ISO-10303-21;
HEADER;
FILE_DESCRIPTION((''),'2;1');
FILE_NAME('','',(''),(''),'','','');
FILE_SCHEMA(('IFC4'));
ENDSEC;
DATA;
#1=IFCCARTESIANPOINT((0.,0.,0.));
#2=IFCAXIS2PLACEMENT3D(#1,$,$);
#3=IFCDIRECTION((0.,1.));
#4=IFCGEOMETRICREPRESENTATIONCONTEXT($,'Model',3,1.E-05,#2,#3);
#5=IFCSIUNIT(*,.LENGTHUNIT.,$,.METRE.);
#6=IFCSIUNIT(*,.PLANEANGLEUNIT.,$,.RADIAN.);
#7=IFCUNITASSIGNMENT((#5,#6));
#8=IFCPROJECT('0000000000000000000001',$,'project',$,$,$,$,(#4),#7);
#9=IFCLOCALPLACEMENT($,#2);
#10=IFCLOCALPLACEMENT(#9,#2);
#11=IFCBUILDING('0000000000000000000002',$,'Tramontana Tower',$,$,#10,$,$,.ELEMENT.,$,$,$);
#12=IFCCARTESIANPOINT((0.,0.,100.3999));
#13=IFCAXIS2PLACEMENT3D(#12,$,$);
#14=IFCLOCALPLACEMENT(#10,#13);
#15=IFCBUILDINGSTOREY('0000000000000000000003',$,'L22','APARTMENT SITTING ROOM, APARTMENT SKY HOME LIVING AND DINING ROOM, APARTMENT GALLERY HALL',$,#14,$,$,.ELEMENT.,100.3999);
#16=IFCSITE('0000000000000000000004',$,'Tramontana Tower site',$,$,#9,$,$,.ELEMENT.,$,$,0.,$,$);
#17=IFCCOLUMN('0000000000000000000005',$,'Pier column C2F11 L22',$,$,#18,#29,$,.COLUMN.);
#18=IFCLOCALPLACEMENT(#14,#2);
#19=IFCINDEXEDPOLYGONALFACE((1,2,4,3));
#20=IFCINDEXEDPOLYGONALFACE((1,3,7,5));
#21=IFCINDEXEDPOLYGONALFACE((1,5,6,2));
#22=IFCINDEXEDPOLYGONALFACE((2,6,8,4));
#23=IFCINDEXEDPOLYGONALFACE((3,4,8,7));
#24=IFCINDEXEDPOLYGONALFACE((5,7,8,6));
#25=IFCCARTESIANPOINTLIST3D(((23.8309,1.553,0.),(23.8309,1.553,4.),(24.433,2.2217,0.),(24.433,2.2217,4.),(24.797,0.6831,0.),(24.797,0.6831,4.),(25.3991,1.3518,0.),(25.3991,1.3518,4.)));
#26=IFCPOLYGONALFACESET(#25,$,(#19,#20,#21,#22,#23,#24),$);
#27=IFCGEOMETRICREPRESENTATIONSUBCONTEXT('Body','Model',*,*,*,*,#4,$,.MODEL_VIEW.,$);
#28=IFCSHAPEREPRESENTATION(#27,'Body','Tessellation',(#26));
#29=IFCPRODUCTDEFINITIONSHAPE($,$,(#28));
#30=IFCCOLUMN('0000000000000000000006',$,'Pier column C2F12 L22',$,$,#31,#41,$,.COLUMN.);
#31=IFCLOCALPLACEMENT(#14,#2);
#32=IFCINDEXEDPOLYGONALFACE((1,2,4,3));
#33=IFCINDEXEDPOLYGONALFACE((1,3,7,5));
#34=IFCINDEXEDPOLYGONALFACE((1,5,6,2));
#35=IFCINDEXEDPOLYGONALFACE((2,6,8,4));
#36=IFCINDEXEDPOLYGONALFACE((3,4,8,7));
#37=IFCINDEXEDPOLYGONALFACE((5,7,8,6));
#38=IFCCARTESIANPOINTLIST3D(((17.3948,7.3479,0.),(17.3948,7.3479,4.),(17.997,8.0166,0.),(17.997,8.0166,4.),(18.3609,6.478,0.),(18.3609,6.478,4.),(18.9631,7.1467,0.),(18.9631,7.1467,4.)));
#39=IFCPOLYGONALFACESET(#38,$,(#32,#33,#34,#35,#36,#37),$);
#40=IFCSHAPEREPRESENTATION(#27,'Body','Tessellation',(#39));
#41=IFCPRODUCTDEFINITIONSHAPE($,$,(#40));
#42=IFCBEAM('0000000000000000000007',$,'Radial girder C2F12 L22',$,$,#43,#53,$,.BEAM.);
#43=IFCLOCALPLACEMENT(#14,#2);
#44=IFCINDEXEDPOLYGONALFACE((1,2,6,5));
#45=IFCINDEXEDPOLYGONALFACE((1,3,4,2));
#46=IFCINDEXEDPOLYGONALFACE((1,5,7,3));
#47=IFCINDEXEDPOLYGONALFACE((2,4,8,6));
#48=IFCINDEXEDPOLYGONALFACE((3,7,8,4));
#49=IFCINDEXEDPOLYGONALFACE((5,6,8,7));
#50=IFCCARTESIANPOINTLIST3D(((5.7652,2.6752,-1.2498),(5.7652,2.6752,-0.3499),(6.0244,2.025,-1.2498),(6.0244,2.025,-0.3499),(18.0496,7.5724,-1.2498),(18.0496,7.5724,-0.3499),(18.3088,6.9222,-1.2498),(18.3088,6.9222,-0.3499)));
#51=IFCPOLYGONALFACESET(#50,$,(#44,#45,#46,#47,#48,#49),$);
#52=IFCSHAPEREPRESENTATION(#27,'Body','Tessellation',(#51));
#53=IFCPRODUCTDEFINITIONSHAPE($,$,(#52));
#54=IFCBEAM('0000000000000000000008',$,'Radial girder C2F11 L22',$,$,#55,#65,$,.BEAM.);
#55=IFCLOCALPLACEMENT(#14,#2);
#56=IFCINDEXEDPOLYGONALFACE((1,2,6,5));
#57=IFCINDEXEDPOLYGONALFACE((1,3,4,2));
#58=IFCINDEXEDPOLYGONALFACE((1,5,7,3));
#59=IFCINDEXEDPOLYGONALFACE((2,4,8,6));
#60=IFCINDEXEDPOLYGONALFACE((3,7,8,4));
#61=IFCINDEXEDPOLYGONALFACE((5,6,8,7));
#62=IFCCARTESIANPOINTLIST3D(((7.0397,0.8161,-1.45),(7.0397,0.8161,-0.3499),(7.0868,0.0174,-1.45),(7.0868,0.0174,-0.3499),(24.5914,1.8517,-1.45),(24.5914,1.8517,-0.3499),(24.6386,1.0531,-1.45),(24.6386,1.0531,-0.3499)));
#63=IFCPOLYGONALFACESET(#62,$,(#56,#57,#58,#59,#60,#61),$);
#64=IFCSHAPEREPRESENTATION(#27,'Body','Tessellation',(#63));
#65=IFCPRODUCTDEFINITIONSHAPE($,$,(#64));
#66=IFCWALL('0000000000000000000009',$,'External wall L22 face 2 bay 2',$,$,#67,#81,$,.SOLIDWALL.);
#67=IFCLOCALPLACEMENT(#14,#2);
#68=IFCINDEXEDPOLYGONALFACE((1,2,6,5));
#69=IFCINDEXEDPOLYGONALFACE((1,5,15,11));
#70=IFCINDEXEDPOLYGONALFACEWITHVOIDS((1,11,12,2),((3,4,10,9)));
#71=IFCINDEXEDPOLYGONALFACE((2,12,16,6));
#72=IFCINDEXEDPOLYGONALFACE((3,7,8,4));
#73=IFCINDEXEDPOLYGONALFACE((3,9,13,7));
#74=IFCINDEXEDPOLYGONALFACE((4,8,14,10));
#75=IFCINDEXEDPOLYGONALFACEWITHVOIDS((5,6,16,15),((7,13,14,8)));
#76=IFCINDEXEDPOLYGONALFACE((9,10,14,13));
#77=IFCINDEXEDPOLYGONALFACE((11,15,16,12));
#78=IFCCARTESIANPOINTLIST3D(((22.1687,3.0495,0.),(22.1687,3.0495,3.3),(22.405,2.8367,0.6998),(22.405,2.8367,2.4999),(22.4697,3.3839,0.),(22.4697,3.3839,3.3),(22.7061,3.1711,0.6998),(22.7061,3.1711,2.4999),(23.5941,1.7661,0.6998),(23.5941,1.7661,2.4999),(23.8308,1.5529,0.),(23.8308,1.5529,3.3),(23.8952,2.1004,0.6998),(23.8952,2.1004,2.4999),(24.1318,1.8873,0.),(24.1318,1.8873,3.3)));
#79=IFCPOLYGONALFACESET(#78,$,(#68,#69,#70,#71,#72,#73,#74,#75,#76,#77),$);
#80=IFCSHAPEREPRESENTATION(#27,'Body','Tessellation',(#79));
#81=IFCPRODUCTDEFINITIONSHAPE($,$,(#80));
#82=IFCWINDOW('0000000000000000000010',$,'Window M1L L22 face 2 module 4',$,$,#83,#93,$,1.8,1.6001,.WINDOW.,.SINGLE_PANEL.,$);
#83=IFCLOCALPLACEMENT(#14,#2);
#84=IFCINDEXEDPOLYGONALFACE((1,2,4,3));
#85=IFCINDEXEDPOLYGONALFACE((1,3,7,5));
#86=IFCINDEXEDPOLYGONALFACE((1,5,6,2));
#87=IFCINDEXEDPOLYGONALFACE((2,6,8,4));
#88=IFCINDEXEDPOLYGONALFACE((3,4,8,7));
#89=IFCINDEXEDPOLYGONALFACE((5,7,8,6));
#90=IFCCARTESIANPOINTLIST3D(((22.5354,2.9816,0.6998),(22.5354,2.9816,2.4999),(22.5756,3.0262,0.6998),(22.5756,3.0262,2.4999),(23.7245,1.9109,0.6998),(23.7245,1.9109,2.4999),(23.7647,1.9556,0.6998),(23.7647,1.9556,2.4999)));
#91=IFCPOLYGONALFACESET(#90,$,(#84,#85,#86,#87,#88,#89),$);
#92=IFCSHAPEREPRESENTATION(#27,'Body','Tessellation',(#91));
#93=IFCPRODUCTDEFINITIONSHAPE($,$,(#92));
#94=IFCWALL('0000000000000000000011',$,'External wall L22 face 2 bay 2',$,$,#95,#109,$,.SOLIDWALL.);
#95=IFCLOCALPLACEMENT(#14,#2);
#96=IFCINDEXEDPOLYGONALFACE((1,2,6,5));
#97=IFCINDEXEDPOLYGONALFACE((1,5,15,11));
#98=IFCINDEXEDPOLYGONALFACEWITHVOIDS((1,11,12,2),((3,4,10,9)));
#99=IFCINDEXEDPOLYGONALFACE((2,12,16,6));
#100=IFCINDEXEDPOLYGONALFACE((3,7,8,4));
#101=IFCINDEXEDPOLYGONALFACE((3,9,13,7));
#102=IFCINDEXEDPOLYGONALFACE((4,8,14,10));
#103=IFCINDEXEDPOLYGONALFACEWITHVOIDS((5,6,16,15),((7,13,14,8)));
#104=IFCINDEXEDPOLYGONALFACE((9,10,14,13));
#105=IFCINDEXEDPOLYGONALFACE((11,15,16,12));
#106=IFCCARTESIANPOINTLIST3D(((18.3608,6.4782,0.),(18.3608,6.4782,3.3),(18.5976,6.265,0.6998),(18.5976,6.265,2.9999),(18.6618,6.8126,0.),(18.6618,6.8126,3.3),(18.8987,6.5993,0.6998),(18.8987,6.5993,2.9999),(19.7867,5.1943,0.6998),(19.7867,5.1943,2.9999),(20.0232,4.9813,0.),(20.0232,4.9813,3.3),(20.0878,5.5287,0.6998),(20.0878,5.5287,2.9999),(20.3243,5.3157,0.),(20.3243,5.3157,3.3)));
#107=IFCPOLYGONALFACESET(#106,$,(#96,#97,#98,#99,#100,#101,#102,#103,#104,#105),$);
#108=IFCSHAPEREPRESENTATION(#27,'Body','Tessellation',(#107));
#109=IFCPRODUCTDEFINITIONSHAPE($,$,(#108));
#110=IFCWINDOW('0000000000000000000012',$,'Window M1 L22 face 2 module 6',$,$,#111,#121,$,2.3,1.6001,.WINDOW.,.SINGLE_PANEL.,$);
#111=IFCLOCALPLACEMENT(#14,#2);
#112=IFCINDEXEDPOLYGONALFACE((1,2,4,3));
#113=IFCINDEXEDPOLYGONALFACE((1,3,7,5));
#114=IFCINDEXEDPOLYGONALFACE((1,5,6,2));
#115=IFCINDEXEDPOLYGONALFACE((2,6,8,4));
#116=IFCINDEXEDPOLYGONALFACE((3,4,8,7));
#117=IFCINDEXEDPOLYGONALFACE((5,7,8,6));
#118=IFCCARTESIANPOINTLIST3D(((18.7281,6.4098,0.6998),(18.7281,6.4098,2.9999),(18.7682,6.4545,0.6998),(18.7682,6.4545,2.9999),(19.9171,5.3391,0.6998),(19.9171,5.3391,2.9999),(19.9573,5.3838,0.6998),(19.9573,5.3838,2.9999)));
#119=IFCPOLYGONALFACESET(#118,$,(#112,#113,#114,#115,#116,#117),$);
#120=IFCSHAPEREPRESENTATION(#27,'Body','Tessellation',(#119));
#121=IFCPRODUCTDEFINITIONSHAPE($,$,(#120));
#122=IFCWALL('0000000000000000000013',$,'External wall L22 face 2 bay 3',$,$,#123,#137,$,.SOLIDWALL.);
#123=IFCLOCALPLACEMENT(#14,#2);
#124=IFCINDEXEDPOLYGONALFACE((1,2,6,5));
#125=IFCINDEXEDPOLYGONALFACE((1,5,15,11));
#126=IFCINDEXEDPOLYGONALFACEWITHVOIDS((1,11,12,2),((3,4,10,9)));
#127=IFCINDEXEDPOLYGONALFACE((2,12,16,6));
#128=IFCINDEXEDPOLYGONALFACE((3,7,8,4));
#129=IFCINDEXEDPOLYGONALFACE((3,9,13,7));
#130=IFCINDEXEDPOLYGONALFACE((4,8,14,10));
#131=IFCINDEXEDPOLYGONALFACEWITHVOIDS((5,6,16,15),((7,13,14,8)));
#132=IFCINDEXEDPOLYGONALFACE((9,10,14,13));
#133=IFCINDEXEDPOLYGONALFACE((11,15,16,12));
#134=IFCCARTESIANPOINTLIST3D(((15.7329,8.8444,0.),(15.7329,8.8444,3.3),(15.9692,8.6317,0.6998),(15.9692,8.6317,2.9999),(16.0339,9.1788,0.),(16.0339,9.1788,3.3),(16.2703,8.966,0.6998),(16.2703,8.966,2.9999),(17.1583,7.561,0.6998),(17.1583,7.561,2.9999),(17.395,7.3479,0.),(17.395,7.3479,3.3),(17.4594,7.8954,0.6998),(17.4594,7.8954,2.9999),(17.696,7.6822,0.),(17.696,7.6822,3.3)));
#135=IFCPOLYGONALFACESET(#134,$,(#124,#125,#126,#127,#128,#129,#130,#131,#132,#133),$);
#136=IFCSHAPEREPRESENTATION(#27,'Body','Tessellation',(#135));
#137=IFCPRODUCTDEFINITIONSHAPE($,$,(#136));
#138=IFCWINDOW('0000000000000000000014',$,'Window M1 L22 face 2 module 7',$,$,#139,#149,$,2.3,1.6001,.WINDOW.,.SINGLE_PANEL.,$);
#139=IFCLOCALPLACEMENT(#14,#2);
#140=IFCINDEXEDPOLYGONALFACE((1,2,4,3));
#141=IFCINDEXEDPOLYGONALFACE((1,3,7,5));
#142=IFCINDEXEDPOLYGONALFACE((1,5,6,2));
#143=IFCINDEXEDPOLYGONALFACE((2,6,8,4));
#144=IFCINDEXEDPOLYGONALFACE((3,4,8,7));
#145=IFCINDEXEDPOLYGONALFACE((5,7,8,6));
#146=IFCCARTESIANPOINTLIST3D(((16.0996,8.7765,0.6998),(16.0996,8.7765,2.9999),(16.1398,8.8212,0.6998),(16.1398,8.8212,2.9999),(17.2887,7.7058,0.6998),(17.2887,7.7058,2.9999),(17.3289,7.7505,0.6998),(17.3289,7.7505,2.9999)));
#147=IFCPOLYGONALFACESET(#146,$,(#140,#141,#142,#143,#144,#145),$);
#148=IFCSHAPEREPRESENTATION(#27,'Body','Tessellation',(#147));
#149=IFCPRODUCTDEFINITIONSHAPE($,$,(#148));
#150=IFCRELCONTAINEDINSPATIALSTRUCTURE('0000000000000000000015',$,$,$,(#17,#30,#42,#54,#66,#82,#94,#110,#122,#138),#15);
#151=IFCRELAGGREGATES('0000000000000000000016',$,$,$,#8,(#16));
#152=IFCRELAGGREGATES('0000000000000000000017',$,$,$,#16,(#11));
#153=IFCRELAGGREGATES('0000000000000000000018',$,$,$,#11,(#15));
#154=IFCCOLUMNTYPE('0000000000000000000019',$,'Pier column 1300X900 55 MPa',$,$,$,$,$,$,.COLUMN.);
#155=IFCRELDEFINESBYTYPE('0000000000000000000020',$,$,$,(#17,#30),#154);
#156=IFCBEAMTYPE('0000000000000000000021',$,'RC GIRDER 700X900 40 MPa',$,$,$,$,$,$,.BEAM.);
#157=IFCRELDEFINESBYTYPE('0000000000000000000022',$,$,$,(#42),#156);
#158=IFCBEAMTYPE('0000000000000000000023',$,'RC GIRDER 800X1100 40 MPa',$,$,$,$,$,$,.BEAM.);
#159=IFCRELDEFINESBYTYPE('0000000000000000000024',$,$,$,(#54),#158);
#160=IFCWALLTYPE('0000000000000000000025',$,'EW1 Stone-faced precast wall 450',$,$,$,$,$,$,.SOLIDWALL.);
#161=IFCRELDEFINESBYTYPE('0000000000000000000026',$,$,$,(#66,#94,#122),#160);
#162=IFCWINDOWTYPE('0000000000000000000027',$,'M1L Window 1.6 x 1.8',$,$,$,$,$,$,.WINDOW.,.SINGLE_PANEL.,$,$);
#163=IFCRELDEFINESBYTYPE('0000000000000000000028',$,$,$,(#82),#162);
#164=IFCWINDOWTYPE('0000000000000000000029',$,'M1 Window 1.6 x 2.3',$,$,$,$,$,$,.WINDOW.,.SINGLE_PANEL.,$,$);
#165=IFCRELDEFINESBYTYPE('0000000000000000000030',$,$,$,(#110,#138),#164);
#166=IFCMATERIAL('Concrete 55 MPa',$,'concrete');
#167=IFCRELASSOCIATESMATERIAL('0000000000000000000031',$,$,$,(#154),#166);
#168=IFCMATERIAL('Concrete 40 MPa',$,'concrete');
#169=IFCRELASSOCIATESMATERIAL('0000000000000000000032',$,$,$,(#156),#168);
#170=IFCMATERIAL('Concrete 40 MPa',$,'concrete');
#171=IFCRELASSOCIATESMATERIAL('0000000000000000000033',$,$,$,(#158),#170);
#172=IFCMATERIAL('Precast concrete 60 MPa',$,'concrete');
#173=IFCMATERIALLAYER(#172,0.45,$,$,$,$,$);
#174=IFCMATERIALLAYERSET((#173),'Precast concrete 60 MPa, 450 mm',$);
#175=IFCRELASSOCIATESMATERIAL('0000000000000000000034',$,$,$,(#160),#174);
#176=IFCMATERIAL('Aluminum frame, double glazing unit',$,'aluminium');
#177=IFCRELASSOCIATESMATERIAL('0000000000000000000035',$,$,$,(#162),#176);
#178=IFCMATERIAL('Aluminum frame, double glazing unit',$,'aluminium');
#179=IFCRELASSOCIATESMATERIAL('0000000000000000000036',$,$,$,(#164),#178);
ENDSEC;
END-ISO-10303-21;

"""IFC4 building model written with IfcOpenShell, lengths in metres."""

from ifc_helpers import new_model, si_unit, direction, frame, frame_2d, origin, origin_2d, place, context, subcontext, project, spatial, rectangle, extrude, material, layer, layer_set, material_profile, profile_set, type_object, element, fill, save


model = new_model("IFC4")

# Units and contexts
model_context = context("Model", 3, precision=1e-05, world=origin(), true_north=direction((0.0, 1.0)))
body_context = subcontext(model_context, "Body", "Model", "MODEL_VIEW")
ifc_project = project(units=[si_unit("LENGTHUNIT", "METRE"), si_unit("PLANEANGLEUNIT", "RADIAN")], contexts=[model_context])

# Site, building, storey
site_placement = place(None, origin())
site = spatial("IfcSite", under=ifc_project, at=site_placement, Name="Tramontana Tower site", CompositionType="ELEMENT", RefElevation=0.0)
building_placement = place(site_placement, origin())
building = spatial("IfcBuilding", under=site, at=building_placement, Name="Tramontana Tower", CompositionType="ELEMENT")
storey_placement = place(building_placement, frame((0.0, 0.0, 100.3999)))
storey = spatial("IfcBuildingStorey", under=building, at=storey_placement, Name="L22", Description="APARTMENT SITTING ROOM, APARTMENT SKY HOME LIVING AND DINING ROOM, APARTMENT GALLERY HALL", CompositionType="ELEMENT", Elevation=100.3999)

# Columns
ifc_material_1 = material(Name="Concrete 55 MPa", Category="concrete")
ifc_material_profile_1 = material_profile(ifc_material_1, rectangle(XDim=1.3, YDim=0.8999, at=origin_2d()), Name="Pier column 1300X900 55 MPa")
ifc_profile_set_1 = profile_set([ifc_material_profile_1], Name="Concrete 55 MPa")
column_type = type_object("IfcColumnType", Name="Pier column 1300X900 55 MPa", PredefinedType="COLUMN", material=ifc_profile_set_1)
for number, where, z_axis, x_axis, name in (
    (1, (24.615, 1.4524, 0.0), (0.0, 0.0, 1.0), (-0.743145, 0.669131, 0.0), "Pier column C2F11 L22"),
    (2, (18.179, 7.2473, 0.0), (0.0, 0.0, 1.0), (-0.743145, 0.669131, 0.0), "Pier column C2F12 L22"),
):
    element("IfcColumn", number, at=place(storey_placement, frame(where, z_axis=z_axis, x_axis=x_axis)), inside=storey, type_object=column_type, Name=name, PredefinedType="COLUMN", context=body_context, shape_type="SweptSolid", body=[
        extrude(rectangle(XDim=1.3, YDim=0.8999, at=origin_2d()), origin(), (0.0, 0.0, 1.0), 4.0),
    ])

# Beams
ifc_material_2 = material(Name="Concrete 40 MPa", Category="concrete")
ifc_material_profile_2 = material_profile(ifc_material_2, rectangle(XDim=0.7, YDim=0.8999, at=origin_2d()), Name="RC GIRDER 700X900 40 MPa")
ifc_profile_set_2 = profile_set([ifc_material_profile_2], Name="Concrete 40 MPa")
beam_type_1 = type_object("IfcBeamType", Name="RC GIRDER 700X900 40 MPa", PredefinedType="BEAM", material=ifc_profile_set_2)
beam_1_placement = place(storey_placement, frame((18.1792, 7.2473, -0.7998), z_axis=(-0.928908, -0.370311, 0.0), x_axis=(0.370311, -0.928908, 0.0)))
element("IfcBeam", 3, at=beam_1_placement, inside=storey, type_object=beam_type_1, Name="Radial girder C2F12 L22", PredefinedType="BEAM", context=body_context, shape_type="SweptSolid", body=[
    extrude(rectangle(XDim=0.7, YDim=0.8999, at=origin_2d()), origin(), (0.0, 0.0, 1.0), 13.2246),
])
ifc_material_3 = material(Name="Concrete 40 MPa", Category="concrete")
ifc_material_profile_3 = material_profile(ifc_material_3, rectangle(XDim=0.8, YDim=1.1001, at=origin_2d()), Name="RC GIRDER 800X1100 40 MPa")
ifc_profile_set_3 = profile_set([ifc_material_profile_3], Name="Concrete 40 MPa")
beam_type_2 = type_object("IfcBeamType", Name="RC GIRDER 800X1100 40 MPa", PredefinedType="BEAM", material=ifc_profile_set_3)
beam_2_placement = place(storey_placement, frame((24.615, 1.4524, -0.8999), z_axis=(-0.998264, -0.058903, 0.0), x_axis=(0.058903, -0.998264, 0.0)))
element("IfcBeam", 4, at=beam_2_placement, inside=storey, type_object=beam_type_2, Name="Radial girder C2F11 L22", PredefinedType="BEAM", context=body_context, shape_type="SweptSolid", body=[
    extrude(rectangle(XDim=0.8, YDim=1.1001, at=origin_2d()), origin(), (0.0, 0.0, 1.0), 17.5823),
])

# Walls, openings, windows
ifc_material_4 = material(Name="Precast concrete 60 MPa", Category="concrete")
ifc_layer_1 = layer(ifc_material_4, 0.45)
ifc_layer_set_1 = layer_set([ifc_layer_1], Name="Precast concrete 60 MPa, 450 mm")
wall_type_1 = type_object("IfcWallType", Name="EW1 Stone-faced precast wall 450", PredefinedType="SOLIDWALL", material=ifc_layer_set_1)
wall_1_placement = place(storey_placement, frame((23.9812, 1.7202, 0.0), z_axis=(0.0, 0.0, 1.0), x_axis=(-0.743142, 0.669134, 0.0)))
wall_1 = element("IfcWall", 5, at=wall_1_placement, inside=storey, type_object=wall_type_1, Name="External wall L22 face 2 bay 2", PredefinedType="SOLIDWALL", context=body_context, shape_type="SweptSolid", body=[
    extrude(rectangle(XDim=2.2366, YDim=0.45, at=frame_2d((1.1182, 0.0))), origin(), (0.0, 0.0, 1.0), 3.3),
])
opening_1_placement = place(wall_1_placement, frame((0.3184, 0.0, 0.7)))
opening_1 = element("IfcOpeningElement", 6, at=opening_1_placement, cuts=wall_1, PredefinedType="OPENING", context=body_context, shape_type="SweptSolid", body=[
    extrude(rectangle(XDim=1.6001, YDim=1.8, at=frame_2d((0.8, 0.8999))), frame((0.0, 0.2349, 0.0), z_axis=(0.0, -1.0, 0.0), x_axis=(1.0, 0.0, 0.0)), (0.0, 0.0, 1.0), 0.47),
])
ifc_material_5 = material(Name="Aluminum frame, double glazing unit", Category="aluminium")
window_type_1 = type_object("IfcWindowType", Name="M1L Window 1.6 x 1.8", PartitioningType="SINGLE_PANEL", PredefinedType="WINDOW", material=ifc_material_5)
window_1_placement = place(opening_1_placement, origin())
window_1 = element("IfcWindow", 7, at=window_1_placement, inside=storey, type_object=window_type_1, Name="Window M1L L22 face 2 module 4", OverallHeight=1.8, OverallWidth=1.6001, PartitioningType="SINGLE_PANEL", PredefinedType="WINDOW", context=body_context, shape_type="SweptSolid", body=[
    extrude(rectangle(XDim=1.6001, YDim=1.8, at=frame_2d((0.8, 0.8999))), frame((0.0, 0.03, 0.0), z_axis=(0.0, -1.0, 0.0), x_axis=(1.0, 0.0, 0.0)), (0.0, 0.0, 1.0), 0.0601),
])
fill(opening_1, window_1)
wall_2_placement = place(storey_placement, frame((20.1738, 5.1484, 0.0), z_axis=(0.0, 0.0, 1.0), x_axis=(-0.743137, 0.66914, 0.0)))
wall_2 = element("IfcWall", 8, at=wall_2_placement, inside=storey, type_object=wall_type_1, Name="External wall L22 face 2 bay 2", PredefinedType="SOLIDWALL", context=body_context, shape_type="SweptSolid", body=[
    extrude(rectangle(XDim=2.2371, YDim=0.45, at=frame_2d((1.1187, 0.0))), origin(), (0.0, 0.0, 1.0), 3.3),
])
opening_2_placement = place(wall_2_placement, frame((0.3184, 0.0, 0.7)))
opening_2 = element("IfcOpeningElement", 9, at=opening_2_placement, cuts=wall_2, PredefinedType="OPENING", context=body_context, shape_type="SweptSolid", body=[
    extrude(rectangle(XDim=1.6001, YDim=2.3, at=frame_2d((0.8, 1.1499))), frame((0.0, 0.2349, 0.0), z_axis=(0.0, -1.0, 0.0), x_axis=(1.0, 0.0, 0.0)), (0.0, 0.0, 1.0), 0.47),
])
ifc_material_6 = material(Name="Aluminum frame, double glazing unit", Category="aluminium")
window_type_2 = type_object("IfcWindowType", Name="M1 Window 1.6 x 2.3", PartitioningType="SINGLE_PANEL", PredefinedType="WINDOW", material=ifc_material_6)
window_2_placement = place(opening_2_placement, origin())
window_2 = element("IfcWindow", 10, at=window_2_placement, inside=storey, type_object=window_type_2, Name="Window M1 L22 face 2 module 6", OverallHeight=2.3, OverallWidth=1.6001, PartitioningType="SINGLE_PANEL", PredefinedType="WINDOW", context=body_context, shape_type="SweptSolid", body=[
    extrude(rectangle(XDim=1.6001, YDim=2.3, at=frame_2d((0.8, 1.1499))), frame((0.0, 0.03, 0.0), z_axis=(0.0, -1.0, 0.0), x_axis=(1.0, 0.0, 0.0)), (0.0, 0.0, 1.0), 0.0601),
])
fill(opening_2, window_2)
wall_3_placement = place(storey_placement, frame((17.5454, 7.5151, 0.0), z_axis=(0.0, 0.0, 1.0), x_axis=(-0.743142, 0.669134, 0.0)))
wall_3 = element("IfcWall", 11, at=wall_3_placement, inside=storey, type_object=wall_type_1, Name="External wall L22 face 2 bay 3", PredefinedType="SOLIDWALL", context=body_context, shape_type="SweptSolid", body=[
    extrude(rectangle(XDim=2.2366, YDim=0.45, at=frame_2d((1.1182, 0.0))), origin(), (0.0, 0.0, 1.0), 3.3),
])
opening_3_placement = place(wall_3_placement, frame((0.3184, 0.0, 0.7)))
opening_3 = element("IfcOpeningElement", 12, at=opening_3_placement, cuts=wall_3, PredefinedType="OPENING", context=body_context, shape_type="SweptSolid", body=[
    extrude(rectangle(XDim=1.6001, YDim=2.3, at=frame_2d((0.8, 1.1499))), frame((0.0, 0.2349, 0.0), z_axis=(0.0, -1.0, 0.0), x_axis=(1.0, 0.0, 0.0)), (0.0, 0.0, 1.0), 0.47),
])
window_3_placement = place(opening_3_placement, origin())
window_3 = element("IfcWindow", 13, at=window_3_placement, inside=storey, type_object=window_type_2, Name="Window M1 L22 face 2 module 7", OverallHeight=2.3, OverallWidth=1.6001, PartitioningType="SINGLE_PANEL", PredefinedType="WINDOW", context=body_context, shape_type="SweptSolid", body=[
    extrude(rectangle(XDim=1.6001, YDim=2.3, at=frame_2d((0.8, 1.1499))), frame((0.0, 0.03, 0.0), z_axis=(0.0, -1.0, 0.0), x_axis=(1.0, 0.0, 0.0)), (0.0, 0.0, 1.0), 0.0601),
])
fill(opening_3, window_3)

save(model, "model.ifc")
